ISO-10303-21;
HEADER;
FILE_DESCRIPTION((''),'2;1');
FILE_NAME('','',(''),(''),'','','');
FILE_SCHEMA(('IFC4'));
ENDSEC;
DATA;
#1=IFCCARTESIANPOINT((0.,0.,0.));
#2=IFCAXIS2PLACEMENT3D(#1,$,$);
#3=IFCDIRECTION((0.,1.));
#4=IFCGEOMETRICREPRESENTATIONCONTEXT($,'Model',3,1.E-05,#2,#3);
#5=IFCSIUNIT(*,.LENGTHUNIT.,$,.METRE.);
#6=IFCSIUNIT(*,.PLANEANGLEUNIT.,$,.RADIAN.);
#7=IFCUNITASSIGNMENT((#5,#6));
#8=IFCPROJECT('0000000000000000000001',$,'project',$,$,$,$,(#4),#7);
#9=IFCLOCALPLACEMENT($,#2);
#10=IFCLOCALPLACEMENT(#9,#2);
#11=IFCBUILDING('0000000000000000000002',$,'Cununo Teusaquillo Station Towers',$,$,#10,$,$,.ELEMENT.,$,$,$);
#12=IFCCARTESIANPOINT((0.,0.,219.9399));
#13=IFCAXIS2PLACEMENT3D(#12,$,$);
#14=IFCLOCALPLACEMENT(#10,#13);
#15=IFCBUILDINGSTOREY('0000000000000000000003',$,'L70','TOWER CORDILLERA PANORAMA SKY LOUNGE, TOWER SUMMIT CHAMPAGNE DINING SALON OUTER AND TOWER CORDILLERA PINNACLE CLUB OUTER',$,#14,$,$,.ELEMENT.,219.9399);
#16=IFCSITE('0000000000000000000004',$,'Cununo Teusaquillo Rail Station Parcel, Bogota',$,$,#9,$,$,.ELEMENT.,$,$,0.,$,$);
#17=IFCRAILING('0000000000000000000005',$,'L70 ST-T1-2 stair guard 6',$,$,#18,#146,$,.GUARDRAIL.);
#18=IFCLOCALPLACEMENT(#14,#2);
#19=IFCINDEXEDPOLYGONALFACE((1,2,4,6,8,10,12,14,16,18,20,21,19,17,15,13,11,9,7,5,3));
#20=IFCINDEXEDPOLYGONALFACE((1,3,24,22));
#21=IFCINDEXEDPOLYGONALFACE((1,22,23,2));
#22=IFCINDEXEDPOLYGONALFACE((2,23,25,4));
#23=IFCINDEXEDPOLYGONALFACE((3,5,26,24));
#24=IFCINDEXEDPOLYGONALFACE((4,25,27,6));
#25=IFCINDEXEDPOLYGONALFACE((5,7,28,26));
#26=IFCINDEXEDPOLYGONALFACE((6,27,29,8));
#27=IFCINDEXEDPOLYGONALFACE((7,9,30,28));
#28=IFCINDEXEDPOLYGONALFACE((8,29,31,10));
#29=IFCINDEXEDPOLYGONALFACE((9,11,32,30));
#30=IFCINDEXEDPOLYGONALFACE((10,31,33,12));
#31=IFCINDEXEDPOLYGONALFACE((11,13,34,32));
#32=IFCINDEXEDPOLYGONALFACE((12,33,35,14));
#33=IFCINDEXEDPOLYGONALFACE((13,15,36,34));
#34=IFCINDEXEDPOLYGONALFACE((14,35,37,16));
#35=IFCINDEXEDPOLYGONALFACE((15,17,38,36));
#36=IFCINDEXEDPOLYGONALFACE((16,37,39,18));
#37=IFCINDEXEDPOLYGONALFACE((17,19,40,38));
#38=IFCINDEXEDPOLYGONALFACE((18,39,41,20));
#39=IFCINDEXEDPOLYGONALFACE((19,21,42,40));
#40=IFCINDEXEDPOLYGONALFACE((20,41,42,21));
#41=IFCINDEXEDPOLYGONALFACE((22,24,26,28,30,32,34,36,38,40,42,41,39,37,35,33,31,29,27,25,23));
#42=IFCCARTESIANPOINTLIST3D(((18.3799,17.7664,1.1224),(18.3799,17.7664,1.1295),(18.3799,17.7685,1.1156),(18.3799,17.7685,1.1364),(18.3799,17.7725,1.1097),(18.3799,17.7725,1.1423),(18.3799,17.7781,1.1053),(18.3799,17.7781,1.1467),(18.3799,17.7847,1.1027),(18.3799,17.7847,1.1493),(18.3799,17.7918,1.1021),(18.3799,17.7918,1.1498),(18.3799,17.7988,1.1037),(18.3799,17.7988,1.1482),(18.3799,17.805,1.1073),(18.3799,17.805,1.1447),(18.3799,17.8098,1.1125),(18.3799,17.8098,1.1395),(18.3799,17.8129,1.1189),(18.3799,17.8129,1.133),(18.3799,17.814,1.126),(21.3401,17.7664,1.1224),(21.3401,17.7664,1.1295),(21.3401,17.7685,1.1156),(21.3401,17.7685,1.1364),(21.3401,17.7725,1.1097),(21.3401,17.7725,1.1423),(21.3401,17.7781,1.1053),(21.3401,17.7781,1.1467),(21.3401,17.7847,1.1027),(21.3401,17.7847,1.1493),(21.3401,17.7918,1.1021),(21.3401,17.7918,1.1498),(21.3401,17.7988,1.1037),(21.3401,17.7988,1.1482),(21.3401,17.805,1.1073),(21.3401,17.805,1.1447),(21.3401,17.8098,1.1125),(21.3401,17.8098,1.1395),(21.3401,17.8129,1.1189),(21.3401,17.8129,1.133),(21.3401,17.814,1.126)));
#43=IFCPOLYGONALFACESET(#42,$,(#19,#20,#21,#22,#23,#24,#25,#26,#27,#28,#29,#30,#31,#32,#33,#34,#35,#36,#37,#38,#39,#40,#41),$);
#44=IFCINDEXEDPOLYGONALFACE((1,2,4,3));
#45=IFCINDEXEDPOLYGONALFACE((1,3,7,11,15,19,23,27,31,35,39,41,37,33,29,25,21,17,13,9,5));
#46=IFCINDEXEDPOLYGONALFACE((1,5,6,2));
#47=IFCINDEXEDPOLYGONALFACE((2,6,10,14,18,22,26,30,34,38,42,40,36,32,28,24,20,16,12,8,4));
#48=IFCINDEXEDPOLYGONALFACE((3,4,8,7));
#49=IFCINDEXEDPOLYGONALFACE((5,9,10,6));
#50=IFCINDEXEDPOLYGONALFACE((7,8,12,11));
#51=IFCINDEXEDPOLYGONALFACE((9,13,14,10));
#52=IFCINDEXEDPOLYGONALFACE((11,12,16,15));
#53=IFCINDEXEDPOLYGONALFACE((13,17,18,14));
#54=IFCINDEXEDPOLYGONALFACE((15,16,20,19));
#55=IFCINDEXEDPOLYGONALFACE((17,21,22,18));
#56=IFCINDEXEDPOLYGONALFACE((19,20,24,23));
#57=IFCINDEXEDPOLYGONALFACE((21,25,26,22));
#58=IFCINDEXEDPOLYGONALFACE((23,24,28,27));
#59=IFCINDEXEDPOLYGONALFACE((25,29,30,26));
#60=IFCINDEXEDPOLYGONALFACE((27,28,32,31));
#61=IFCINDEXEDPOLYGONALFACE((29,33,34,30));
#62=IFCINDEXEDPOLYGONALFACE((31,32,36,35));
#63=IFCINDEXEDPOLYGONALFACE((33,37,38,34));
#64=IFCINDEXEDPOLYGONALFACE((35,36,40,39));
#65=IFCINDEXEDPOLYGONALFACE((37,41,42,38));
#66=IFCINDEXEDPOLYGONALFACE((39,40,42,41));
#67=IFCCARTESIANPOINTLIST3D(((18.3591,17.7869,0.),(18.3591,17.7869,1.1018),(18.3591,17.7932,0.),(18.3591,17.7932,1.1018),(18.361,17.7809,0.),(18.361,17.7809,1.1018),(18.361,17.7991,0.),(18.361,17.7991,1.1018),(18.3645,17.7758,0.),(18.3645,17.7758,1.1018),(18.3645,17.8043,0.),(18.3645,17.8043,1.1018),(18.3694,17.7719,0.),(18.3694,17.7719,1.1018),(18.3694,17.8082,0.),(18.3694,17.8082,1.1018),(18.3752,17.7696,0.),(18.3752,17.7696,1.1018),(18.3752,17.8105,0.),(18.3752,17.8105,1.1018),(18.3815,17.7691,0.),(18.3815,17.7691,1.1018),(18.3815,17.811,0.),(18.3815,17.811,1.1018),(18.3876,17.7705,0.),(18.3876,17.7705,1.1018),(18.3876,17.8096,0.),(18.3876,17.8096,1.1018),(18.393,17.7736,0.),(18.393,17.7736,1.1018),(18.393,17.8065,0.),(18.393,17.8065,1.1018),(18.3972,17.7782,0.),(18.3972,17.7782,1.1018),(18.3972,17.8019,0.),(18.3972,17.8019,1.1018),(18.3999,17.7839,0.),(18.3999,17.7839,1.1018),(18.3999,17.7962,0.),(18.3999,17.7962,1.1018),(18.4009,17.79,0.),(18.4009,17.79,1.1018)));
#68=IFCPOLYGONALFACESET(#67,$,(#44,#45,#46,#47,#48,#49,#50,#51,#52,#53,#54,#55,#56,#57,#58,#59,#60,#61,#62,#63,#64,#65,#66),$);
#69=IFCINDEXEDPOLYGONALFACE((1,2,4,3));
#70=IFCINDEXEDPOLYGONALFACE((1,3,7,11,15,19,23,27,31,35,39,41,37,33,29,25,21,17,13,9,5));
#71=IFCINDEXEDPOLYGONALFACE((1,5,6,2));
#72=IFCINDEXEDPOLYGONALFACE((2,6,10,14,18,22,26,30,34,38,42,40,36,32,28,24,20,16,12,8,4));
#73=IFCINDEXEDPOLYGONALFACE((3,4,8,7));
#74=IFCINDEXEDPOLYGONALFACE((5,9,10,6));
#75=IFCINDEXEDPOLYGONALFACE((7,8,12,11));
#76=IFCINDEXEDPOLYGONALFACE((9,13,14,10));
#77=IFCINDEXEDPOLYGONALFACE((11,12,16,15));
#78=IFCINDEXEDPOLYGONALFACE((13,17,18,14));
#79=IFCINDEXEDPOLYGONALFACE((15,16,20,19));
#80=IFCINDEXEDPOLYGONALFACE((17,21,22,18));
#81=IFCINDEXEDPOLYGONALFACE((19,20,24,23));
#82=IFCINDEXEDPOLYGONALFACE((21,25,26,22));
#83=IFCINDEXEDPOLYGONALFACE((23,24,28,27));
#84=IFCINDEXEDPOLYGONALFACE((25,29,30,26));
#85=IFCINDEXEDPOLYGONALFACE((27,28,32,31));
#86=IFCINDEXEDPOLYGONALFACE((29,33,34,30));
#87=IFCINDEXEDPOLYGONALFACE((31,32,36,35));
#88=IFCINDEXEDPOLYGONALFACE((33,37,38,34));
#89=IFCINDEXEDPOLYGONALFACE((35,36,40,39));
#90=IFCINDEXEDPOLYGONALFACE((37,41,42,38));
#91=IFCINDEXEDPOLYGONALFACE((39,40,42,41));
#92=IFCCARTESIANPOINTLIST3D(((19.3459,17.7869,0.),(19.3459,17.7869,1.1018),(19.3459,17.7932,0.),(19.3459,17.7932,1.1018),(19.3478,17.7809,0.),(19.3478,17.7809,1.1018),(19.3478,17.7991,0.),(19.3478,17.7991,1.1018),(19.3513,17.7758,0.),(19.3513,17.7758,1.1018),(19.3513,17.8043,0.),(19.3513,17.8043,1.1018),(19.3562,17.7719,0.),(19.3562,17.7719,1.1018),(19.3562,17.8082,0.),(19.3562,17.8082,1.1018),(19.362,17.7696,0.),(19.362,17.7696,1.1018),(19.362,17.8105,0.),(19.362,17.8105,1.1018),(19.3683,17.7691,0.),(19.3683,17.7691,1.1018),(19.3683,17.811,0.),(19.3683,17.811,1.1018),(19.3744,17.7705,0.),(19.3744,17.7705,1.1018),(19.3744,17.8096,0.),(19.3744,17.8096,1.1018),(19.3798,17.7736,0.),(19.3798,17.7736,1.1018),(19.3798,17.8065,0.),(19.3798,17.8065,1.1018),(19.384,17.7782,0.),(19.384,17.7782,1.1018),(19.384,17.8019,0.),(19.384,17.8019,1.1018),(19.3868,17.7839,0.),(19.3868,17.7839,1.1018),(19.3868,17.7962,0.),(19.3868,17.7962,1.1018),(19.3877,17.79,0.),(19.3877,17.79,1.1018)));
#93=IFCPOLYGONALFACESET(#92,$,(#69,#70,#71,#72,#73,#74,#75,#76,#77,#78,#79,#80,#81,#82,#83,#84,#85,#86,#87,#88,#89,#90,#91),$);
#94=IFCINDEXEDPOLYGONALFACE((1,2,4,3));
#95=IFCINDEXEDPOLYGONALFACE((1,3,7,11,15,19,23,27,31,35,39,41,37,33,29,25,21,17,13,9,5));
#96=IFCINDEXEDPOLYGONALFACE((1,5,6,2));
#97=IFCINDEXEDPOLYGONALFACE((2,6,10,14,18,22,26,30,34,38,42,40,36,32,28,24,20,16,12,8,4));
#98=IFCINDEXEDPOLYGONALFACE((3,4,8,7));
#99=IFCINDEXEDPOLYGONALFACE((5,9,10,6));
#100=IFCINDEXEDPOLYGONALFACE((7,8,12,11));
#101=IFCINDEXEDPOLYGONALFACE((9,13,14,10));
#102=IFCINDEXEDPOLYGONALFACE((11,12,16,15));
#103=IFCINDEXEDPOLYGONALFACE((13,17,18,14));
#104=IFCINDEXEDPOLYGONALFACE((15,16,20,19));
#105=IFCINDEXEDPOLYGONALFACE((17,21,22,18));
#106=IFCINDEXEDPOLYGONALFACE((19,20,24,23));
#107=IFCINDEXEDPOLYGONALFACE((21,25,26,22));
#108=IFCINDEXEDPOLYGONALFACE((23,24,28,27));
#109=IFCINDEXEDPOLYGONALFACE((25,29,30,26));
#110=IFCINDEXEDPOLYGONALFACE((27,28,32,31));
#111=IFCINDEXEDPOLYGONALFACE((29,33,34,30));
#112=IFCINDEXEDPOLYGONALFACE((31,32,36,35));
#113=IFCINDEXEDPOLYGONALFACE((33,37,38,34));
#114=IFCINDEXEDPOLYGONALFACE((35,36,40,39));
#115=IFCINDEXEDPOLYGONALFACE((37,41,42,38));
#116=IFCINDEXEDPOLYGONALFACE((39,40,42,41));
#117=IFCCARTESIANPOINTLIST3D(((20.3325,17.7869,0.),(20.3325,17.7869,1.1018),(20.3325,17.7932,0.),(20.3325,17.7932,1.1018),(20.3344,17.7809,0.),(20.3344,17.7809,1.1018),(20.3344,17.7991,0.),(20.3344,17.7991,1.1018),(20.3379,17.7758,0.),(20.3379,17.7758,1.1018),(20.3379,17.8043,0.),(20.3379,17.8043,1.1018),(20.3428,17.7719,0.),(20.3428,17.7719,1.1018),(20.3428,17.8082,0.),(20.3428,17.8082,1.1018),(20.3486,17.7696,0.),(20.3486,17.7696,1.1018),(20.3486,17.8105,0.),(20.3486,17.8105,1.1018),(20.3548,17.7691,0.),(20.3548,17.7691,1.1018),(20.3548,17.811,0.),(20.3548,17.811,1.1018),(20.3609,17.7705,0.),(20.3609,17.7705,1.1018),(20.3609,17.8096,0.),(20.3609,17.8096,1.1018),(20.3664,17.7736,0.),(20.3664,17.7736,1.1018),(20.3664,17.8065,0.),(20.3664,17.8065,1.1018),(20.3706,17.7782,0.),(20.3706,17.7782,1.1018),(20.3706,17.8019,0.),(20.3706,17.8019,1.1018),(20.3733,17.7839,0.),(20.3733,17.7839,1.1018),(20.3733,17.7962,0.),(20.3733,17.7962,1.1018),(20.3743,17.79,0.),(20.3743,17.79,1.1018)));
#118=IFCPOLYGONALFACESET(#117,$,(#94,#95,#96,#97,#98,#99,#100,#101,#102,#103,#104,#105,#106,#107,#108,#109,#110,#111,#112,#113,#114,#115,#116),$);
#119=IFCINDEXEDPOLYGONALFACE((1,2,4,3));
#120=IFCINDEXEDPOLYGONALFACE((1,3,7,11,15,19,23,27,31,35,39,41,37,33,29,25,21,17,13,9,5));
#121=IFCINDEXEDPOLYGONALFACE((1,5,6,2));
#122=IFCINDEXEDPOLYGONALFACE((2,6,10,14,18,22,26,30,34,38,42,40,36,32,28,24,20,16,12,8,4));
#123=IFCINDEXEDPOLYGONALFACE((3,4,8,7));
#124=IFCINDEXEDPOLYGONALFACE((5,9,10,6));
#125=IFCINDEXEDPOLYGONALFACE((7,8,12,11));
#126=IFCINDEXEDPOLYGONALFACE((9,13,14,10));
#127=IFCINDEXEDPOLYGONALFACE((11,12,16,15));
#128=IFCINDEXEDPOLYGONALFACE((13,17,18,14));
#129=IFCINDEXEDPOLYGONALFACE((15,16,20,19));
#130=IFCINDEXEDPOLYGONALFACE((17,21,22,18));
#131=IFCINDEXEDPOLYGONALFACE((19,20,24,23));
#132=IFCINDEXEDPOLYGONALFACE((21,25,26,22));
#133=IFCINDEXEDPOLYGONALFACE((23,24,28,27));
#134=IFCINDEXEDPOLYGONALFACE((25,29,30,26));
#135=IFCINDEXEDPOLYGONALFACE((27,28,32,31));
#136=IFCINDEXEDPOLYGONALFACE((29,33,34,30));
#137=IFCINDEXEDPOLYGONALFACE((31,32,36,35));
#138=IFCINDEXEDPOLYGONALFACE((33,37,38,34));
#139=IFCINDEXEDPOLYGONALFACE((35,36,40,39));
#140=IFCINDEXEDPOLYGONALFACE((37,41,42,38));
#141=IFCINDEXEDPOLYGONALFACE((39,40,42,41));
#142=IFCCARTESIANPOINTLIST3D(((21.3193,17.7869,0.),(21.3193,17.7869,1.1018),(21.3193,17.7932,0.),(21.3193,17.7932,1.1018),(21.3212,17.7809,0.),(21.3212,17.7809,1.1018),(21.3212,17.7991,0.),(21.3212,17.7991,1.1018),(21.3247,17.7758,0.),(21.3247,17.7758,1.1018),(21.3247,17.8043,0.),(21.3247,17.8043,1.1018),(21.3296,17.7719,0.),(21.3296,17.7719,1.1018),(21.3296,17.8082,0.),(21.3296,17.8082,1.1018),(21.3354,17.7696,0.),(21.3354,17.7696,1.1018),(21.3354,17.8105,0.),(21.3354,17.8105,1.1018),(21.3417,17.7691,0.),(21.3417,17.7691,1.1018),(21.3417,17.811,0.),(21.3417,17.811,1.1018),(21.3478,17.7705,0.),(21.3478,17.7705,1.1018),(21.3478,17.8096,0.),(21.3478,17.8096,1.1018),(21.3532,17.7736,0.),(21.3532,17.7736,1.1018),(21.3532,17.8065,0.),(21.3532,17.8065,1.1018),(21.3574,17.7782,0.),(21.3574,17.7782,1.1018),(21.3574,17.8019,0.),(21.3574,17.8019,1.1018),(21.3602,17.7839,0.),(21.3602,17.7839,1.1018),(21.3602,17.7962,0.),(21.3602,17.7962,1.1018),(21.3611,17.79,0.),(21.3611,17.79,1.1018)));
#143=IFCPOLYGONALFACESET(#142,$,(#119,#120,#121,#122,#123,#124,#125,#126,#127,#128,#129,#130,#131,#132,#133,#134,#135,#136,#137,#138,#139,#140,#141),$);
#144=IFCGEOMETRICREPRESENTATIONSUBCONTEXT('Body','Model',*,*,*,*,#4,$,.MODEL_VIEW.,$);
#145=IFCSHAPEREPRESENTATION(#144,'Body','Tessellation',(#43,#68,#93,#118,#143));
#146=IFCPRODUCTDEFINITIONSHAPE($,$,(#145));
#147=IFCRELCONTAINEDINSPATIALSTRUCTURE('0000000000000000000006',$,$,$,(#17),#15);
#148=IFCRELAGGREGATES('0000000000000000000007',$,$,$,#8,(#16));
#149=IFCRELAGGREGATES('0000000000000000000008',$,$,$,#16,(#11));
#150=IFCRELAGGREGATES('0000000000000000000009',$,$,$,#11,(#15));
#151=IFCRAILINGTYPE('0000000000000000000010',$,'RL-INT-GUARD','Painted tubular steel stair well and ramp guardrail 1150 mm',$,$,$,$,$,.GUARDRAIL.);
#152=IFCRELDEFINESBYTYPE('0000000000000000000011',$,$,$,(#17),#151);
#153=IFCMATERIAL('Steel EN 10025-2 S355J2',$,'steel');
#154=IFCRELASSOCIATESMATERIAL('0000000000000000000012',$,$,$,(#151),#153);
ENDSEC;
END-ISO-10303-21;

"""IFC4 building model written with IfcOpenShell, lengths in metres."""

from ifc_helpers import new_model, si_unit, direction, frame, origin, origin_2d, place, context, subcontext, project, spatial, circle, extrude, material, type_object, element, save


model = new_model("IFC4")

# Units and contexts
model_context = context("Model", 3, precision=1e-05, world=origin(), true_north=direction((0.0, 1.0)))
body_context = subcontext(model_context, "Body", "Model", "MODEL_VIEW")
ifc_project = project(units=[si_unit("LENGTHUNIT", "METRE"), si_unit("PLANEANGLEUNIT", "RADIAN")], contexts=[model_context])

# Site, building, storey
site_placement = place(None, origin())
site = spatial("IfcSite", under=ifc_project, at=site_placement, Name="Cununo Teusaquillo Rail Station Parcel, Bogota", CompositionType="ELEMENT", RefElevation=0.0)
building_placement = place(site_placement, origin())
building = spatial("IfcBuilding", under=site, at=building_placement, Name="Cununo Teusaquillo Station Towers", CompositionType="ELEMENT")
storey_placement = place(building_placement, frame((0.0, 0.0, 219.9399)))
storey = spatial("IfcBuildingStorey", under=building, at=storey_placement, Name="L70", Description="TOWER CORDILLERA PANORAMA SKY LOUNGE, TOWER SUMMIT CHAMPAGNE DINING SALON OUTER AND TOWER CORDILLERA PINNACLE CLUB OUTER", CompositionType="ELEMENT", Elevation=219.9399)

# Railing
ifc_material_1 = material(Name="Steel EN 10025-2 S355J2", Category="steel")
railing_type_1 = type_object("IfcRailingType", Name="RL-INT-GUARD", Description="Painted tubular steel stair well and ramp guardrail 1150 mm", PredefinedType="GUARDRAIL", material=ifc_material_1)
railing_1_placement = place(storey_placement, frame((18.3799, 17.79, 0.0)))
element("IfcRailing", 1, at=railing_1_placement, inside=storey, type_object=railing_type_1, Name="L70 ST-T1-2 stair guard 6", PredefinedType="GUARDRAIL", context=body_context, shape_type="SweptSolid", body=[
    extrude(circle(Radius=0.0239, at=origin_2d()), frame((0.0, 0.0, 1.126), z_axis=(1.0, 0.0, 0.0), x_axis=(0.0, 1.0, 0.0)), (0.0, 0.0, 1.0), 2.9602),
    extrude(circle(Radius=0.021, at=origin_2d()), origin(), (0.0, 0.0, 1.0), 1.1018),
    extrude(circle(Radius=0.021, at=origin_2d()), frame((0.9868, 0.0, 0.0)), (0.0, 0.0, 1.0), 1.1018),
    extrude(circle(Radius=0.021, at=origin_2d()), frame((1.9734, 0.0, 0.0)), (0.0, 0.0, 1.0), 1.1018),
    extrude(circle(Radius=0.021, at=origin_2d()), frame((2.9602, 0.0, 0.0)), (0.0, 0.0, 1.0), 1.1018),
])

save(model, "model.ifc")
